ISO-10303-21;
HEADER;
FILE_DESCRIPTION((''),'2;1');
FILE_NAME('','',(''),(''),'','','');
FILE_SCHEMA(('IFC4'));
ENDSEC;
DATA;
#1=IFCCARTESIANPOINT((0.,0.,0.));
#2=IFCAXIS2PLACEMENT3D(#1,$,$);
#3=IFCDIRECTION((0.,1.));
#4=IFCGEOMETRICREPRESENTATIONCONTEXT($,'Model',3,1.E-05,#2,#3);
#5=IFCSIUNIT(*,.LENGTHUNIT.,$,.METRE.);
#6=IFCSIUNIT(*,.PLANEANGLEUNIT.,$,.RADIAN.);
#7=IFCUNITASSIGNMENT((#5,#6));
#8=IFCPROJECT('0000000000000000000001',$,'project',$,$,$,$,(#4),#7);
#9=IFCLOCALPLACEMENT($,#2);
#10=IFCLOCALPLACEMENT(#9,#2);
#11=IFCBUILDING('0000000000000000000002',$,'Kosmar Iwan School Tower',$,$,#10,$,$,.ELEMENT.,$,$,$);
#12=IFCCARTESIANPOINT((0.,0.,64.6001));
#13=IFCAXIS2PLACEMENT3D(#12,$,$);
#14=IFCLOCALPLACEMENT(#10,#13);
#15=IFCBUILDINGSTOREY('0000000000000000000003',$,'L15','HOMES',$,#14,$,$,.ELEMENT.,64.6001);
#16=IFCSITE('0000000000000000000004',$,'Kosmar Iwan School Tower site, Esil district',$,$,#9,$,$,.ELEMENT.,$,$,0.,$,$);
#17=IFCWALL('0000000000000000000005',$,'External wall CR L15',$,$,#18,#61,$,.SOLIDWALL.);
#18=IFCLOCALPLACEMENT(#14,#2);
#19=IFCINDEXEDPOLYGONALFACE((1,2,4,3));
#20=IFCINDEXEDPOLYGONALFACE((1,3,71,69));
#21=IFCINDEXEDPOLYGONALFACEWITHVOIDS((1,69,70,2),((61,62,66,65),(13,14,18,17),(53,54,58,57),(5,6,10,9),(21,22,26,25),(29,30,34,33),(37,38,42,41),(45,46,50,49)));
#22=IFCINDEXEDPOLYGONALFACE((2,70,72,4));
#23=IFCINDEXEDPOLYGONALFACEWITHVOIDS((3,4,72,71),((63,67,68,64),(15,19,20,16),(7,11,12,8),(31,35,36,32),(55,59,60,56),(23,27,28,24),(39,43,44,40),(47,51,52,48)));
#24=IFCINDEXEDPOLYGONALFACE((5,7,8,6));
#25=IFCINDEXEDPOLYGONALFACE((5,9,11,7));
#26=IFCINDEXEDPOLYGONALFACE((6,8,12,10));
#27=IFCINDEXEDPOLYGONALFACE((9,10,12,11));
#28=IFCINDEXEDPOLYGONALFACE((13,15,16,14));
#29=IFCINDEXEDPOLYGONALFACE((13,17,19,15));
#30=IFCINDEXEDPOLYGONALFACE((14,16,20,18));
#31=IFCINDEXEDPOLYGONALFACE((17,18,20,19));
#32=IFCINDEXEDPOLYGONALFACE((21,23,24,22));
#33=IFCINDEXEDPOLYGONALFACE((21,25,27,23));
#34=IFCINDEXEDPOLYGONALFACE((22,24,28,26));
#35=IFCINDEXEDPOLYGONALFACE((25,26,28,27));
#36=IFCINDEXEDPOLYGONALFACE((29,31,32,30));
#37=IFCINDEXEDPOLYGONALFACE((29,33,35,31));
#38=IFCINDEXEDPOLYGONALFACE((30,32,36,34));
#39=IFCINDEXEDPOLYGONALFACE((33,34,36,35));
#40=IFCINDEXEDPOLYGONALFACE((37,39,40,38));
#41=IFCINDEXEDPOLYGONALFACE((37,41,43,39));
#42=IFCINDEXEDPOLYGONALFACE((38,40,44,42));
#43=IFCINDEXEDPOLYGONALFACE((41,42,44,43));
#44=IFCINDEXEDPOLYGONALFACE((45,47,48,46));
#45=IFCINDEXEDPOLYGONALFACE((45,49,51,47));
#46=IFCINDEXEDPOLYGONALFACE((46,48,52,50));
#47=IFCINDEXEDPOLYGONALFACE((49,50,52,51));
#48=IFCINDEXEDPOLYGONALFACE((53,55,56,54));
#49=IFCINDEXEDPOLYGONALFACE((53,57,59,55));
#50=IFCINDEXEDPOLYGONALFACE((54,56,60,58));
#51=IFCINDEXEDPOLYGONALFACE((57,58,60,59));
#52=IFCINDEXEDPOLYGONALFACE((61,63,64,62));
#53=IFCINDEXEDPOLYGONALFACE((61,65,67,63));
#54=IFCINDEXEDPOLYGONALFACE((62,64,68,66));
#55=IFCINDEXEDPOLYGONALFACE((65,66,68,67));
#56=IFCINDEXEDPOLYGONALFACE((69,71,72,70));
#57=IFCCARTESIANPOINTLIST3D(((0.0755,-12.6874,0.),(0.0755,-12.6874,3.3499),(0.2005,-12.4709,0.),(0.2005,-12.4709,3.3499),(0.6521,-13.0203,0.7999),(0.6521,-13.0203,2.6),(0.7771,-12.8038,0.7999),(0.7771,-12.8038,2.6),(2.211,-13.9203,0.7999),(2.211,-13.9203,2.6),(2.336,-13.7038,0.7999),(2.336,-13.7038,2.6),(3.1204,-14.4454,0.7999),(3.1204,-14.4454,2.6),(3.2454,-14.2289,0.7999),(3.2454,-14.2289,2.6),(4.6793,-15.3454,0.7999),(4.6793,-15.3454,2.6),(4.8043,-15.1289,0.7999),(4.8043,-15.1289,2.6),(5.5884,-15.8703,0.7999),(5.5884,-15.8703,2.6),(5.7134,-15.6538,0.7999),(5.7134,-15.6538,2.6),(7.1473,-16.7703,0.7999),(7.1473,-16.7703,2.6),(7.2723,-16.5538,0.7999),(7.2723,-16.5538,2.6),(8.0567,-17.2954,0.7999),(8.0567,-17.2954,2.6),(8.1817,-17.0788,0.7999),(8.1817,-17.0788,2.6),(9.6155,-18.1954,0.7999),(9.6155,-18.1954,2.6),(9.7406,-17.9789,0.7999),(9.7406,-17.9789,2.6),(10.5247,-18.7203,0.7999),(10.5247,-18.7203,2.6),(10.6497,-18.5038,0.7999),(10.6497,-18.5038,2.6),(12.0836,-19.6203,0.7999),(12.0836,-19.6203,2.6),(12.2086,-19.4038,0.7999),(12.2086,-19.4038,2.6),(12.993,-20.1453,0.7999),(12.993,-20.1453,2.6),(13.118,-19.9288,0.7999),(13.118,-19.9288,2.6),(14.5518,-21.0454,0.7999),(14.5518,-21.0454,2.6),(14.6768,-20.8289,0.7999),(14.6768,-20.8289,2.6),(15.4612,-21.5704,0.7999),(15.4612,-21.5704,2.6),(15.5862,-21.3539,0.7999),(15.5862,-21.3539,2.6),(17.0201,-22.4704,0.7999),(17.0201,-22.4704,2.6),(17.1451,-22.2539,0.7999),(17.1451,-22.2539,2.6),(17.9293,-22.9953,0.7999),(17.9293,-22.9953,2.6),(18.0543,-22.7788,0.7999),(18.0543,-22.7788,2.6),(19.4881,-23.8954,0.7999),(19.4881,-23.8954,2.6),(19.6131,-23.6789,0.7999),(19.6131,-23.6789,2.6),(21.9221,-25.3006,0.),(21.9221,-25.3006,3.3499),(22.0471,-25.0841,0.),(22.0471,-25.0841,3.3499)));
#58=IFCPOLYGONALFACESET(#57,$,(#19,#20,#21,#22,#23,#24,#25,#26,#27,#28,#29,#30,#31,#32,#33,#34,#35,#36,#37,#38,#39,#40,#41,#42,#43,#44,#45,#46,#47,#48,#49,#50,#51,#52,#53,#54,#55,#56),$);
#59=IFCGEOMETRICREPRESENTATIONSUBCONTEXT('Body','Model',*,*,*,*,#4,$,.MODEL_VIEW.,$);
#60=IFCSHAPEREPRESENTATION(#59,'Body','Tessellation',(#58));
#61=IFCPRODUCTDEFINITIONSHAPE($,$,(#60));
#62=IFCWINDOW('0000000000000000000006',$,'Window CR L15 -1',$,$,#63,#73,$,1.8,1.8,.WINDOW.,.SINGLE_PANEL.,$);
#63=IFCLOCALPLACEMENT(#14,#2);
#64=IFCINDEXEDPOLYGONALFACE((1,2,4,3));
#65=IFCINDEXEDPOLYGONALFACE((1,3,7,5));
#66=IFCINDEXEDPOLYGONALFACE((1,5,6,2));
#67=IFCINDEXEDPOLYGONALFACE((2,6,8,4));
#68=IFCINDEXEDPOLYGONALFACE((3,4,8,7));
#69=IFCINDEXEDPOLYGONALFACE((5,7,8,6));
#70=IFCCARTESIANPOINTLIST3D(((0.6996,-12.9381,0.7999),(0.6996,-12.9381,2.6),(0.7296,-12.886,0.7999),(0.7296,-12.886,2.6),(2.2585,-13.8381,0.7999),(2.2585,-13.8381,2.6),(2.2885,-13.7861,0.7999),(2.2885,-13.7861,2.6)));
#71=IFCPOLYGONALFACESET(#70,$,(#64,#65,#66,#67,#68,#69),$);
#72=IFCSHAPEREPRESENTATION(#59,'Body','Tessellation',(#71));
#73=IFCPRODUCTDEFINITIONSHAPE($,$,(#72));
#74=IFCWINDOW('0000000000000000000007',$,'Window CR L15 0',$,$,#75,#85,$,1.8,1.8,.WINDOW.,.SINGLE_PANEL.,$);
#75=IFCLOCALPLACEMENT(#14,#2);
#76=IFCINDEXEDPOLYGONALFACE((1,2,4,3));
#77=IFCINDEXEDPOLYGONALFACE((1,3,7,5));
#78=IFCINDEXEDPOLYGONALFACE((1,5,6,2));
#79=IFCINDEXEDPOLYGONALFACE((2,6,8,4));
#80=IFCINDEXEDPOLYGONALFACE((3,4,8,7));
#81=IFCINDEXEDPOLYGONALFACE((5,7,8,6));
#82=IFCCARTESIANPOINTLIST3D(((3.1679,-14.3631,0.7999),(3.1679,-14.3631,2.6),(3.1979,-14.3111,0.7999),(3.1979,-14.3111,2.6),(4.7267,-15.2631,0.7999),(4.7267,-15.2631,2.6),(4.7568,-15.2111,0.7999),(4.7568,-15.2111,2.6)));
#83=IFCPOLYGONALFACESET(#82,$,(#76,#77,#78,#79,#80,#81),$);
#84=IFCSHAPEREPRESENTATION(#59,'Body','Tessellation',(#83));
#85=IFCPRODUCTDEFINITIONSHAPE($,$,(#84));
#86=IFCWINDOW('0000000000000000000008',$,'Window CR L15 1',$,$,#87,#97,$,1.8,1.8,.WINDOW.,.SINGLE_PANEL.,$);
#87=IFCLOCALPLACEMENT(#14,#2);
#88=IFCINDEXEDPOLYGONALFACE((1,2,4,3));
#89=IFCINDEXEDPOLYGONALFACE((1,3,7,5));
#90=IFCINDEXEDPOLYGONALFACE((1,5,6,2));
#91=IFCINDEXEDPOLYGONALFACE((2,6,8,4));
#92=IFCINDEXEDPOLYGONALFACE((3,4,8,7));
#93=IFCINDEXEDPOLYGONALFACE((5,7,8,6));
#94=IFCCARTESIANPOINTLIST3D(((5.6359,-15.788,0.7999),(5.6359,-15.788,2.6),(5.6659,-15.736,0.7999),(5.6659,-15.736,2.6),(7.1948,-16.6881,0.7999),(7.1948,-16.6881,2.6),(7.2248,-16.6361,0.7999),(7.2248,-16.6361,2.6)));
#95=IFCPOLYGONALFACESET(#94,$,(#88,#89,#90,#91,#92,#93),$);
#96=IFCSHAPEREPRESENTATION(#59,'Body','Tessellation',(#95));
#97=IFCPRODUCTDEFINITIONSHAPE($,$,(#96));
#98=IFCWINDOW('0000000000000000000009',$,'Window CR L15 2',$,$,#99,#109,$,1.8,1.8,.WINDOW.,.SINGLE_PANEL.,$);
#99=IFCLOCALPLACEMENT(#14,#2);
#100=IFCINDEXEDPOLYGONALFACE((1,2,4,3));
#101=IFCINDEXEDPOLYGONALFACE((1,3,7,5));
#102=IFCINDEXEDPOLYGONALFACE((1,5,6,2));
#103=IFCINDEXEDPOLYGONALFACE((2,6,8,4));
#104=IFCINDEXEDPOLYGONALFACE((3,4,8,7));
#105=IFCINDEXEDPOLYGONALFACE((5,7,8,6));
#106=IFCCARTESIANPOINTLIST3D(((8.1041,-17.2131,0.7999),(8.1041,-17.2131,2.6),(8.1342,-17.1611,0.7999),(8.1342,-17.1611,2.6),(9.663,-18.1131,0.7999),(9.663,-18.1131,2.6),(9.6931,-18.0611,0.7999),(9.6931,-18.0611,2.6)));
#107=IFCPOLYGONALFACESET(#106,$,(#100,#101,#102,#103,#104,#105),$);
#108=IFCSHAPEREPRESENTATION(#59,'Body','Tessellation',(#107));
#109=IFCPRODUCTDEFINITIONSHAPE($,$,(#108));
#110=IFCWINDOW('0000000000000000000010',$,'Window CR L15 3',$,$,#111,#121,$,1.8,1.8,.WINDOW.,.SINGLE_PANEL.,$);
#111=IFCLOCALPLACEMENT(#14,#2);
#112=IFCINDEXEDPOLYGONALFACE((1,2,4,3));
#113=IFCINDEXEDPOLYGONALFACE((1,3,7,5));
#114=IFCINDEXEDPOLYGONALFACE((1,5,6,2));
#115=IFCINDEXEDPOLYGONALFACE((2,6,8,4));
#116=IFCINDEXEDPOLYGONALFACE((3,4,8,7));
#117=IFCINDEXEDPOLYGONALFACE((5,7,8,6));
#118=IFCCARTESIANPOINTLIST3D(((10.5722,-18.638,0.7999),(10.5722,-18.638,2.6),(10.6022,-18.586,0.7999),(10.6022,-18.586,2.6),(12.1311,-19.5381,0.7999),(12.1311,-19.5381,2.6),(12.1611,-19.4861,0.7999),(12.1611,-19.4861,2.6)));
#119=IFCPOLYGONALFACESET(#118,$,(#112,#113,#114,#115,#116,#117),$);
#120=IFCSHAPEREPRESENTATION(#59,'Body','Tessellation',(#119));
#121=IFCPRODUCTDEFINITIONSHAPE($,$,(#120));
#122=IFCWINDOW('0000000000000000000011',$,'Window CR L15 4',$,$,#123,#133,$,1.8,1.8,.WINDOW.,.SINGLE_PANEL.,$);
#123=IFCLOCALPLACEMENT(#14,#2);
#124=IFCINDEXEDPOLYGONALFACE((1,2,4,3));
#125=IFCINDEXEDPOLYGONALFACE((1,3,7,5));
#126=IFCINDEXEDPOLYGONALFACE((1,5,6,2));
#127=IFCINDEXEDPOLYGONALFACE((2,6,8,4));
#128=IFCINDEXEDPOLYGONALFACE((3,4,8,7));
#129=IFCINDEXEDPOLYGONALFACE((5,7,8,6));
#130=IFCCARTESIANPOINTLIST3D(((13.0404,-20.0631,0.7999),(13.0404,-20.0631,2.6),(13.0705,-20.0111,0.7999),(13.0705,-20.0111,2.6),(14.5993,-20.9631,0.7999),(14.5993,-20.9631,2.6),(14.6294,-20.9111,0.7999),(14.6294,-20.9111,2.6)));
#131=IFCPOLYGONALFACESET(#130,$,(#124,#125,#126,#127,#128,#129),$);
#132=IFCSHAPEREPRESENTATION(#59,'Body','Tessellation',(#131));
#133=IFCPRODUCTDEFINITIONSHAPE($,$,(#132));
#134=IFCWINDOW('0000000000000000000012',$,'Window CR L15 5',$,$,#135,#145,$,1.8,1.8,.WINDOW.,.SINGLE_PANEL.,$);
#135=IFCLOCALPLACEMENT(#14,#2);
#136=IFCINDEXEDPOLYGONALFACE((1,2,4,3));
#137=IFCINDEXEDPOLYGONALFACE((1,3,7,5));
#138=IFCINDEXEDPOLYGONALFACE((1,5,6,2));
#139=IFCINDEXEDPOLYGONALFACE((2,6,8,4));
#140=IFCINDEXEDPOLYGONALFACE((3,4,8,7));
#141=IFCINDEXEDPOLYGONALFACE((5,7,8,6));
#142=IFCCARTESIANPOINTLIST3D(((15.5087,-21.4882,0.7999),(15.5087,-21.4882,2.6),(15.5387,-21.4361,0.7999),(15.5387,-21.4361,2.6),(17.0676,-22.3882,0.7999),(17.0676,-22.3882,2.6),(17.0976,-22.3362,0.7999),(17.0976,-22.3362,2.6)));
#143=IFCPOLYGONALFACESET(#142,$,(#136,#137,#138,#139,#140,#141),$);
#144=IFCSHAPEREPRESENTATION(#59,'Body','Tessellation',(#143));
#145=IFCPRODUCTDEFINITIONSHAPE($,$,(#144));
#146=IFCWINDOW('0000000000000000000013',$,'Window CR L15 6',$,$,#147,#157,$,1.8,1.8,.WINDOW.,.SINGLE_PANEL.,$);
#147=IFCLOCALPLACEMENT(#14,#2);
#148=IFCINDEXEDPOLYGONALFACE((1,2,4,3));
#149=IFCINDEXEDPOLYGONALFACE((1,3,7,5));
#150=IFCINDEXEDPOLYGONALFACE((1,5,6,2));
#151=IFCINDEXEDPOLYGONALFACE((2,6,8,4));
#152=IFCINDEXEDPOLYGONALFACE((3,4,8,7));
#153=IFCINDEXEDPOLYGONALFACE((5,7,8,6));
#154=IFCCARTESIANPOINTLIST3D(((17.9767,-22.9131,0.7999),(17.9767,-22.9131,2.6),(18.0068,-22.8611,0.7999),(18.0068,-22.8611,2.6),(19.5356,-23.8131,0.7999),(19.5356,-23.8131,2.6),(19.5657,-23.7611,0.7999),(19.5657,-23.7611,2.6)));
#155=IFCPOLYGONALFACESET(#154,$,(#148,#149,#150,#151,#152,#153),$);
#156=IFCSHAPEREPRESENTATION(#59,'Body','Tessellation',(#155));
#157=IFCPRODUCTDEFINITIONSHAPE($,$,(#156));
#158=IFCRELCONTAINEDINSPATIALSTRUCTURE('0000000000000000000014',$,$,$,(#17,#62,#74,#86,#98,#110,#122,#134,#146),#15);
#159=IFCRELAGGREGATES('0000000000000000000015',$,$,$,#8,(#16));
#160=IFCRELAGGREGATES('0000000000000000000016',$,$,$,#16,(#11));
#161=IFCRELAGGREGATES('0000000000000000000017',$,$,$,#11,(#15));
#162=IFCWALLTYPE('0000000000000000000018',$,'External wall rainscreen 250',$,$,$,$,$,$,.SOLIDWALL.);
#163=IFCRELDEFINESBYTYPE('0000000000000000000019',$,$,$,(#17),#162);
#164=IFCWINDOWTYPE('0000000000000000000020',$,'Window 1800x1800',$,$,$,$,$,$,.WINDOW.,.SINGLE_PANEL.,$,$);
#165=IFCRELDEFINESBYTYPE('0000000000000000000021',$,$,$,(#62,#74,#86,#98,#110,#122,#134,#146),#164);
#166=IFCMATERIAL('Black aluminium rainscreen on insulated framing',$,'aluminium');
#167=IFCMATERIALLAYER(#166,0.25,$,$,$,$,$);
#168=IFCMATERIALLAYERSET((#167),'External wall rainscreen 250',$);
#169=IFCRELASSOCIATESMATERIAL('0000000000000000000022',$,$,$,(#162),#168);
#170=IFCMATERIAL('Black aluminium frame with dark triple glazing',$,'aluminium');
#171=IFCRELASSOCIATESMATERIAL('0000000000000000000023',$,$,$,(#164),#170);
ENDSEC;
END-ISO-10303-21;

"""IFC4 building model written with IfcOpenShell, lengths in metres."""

from ifc_helpers import new_model, si_unit, direction, frame, frame_2d, origin, place, context, subcontext, project, spatial, rectangle, extrude, material, layer, layer_set, type_object, element, fill, save


model = new_model("IFC4")

# Units and contexts
model_context = context("Model", 3, precision=1e-05, world=origin(), true_north=direction((0.0, 1.0)))
body_context = subcontext(model_context, "Body", "Model", "MODEL_VIEW")
ifc_project = project(units=[si_unit("LENGTHUNIT", "METRE"), si_unit("PLANEANGLEUNIT", "RADIAN")], contexts=[model_context])

# Site, building, storey
site_placement = place(None, origin())
site = spatial("IfcSite", under=ifc_project, at=site_placement, Name="Kosmar Iwan School Tower site, Esil district", CompositionType="ELEMENT", RefElevation=0.0)
building_placement = place(site_placement, origin())
building = spatial("IfcBuilding", under=site, at=building_placement, Name="Kosmar Iwan School Tower", CompositionType="ELEMENT")
storey_placement = place(building_placement, frame((0.0, 0.0, 64.6001)))
storey = spatial("IfcBuildingStorey", under=building, at=storey_placement, Name="L15", Description="HOMES", CompositionType="ELEMENT", Elevation=64.6001)

# Wall, openings, windows
ifc_material_1 = material(Name="Black aluminium rainscreen on insulated framing", Category="aluminium")
ifc_layer = layer(ifc_material_1, 0.25)
ifc_layer_set = layer_set([ifc_layer], Name="External wall rainscreen 250")
wall_type = type_object("IfcWallType", Name="External wall rainscreen 250", PredefinedType="SOLIDWALL", material=ifc_layer_set)
ifc_material_2 = material(Name="Black aluminium frame with dark triple glazing", Category="aluminium")
window_type = type_object("IfcWindowType", Name="Window 1800x1800", PartitioningType="SINGLE_PANEL", PredefinedType="WINDOW", material=ifc_material_2)
wall_1_placement = place(storey_placement, frame((0.1379, -12.5791, 0.0), z_axis=(0.0, 0.0, 1.0), x_axis=(0.866024, -0.500003, 0.0)))
wall_1 = element("IfcWall", 1, at=wall_1_placement, inside=storey, type_object=wall_type, Name="External wall CR L15", PredefinedType="SOLIDWALL", context=body_context, shape_type="SweptSolid", body=[
    extrude(rectangle(XDim=25.2263, YDim=0.25, at=frame_2d((12.6133, 0.0))), origin(), (0.0, 0.0, 1.0), 3.3499),
])
opening_1_placement = place(wall_1_placement, frame((0.666, 0.0, 0.8)))
opening_1 = element("IfcOpeningElement", 2, at=opening_1_placement, cuts=wall_1, PredefinedType="OPENING", context=body_context, shape_type="SweptSolid", body=[
    extrude(rectangle(XDim=1.8, YDim=1.8, at=frame_2d((0.8999, 0.8999))), frame((0.0, 0.137, 0.0), z_axis=(0.0, -1.0, 0.0), x_axis=(1.0, 0.0, 0.0)), (0.0, 0.0, 1.0), 0.2739),
])
opening_2_placement = place(wall_1_placement, frame((3.5161, 0.0, 0.8)))
opening_2 = element("IfcOpeningElement", 3, at=opening_2_placement, cuts=wall_1, PredefinedType="OPENING", context=body_context, shape_type="SweptSolid", body=[
    extrude(rectangle(XDim=1.8, YDim=1.8, at=frame_2d((0.8999, 0.8999))), frame((0.0, 0.137, 0.0), z_axis=(0.0, -1.0, 0.0), x_axis=(1.0, 0.0, 0.0)), (0.0, 0.0, 1.0), 0.2739),
])
opening_3_placement = place(wall_1_placement, frame((6.366, 0.0, 0.8)))
opening_3 = element("IfcOpeningElement", 4, at=opening_3_placement, cuts=wall_1, PredefinedType="OPENING", context=body_context, shape_type="SweptSolid", body=[
    extrude(rectangle(XDim=1.8, YDim=1.8, at=frame_2d((0.8999, 0.8999))), frame((0.0, 0.137, 0.0), z_axis=(0.0, -1.0, 0.0), x_axis=(1.0, 0.0, 0.0)), (0.0, 0.0, 1.0), 0.2739),
])
opening_4_placement = place(wall_1_placement, frame((9.2161, 0.0, 0.8)))
opening_4 = element("IfcOpeningElement", 5, at=opening_4_placement, cuts=wall_1, PredefinedType="OPENING", context=body_context, shape_type="SweptSolid", body=[
    extrude(rectangle(XDim=1.8, YDim=1.8, at=frame_2d((0.8999, 0.8999))), frame((0.0, 0.137, 0.0), z_axis=(0.0, -1.0, 0.0), x_axis=(1.0, 0.0, 0.0)), (0.0, 0.0, 1.0), 0.2739),
])
opening_5_placement = place(wall_1_placement, frame((12.0659, 0.0, 0.8)))
opening_5 = element("IfcOpeningElement", 6, at=opening_5_placement, cuts=wall_1, PredefinedType="OPENING", context=body_context, shape_type="SweptSolid", body=[
    extrude(rectangle(XDim=1.8, YDim=1.8, at=frame_2d((0.8999, 0.8999))), frame((0.0, 0.137, 0.0), z_axis=(0.0, -1.0, 0.0), x_axis=(1.0, 0.0, 0.0)), (0.0, 0.0, 1.0), 0.2739),
])
opening_6_placement = place(wall_1_placement, frame((14.916, 0.0, 0.8)))
opening_6 = element("IfcOpeningElement", 7, at=opening_6_placement, cuts=wall_1, PredefinedType="OPENING", context=body_context, shape_type="SweptSolid", body=[
    extrude(rectangle(XDim=1.8, YDim=1.8, at=frame_2d((0.8999, 0.8999))), frame((0.0, 0.137, 0.0), z_axis=(0.0, -1.0, 0.0), x_axis=(1.0, 0.0, 0.0)), (0.0, 0.0, 1.0), 0.2739),
])
opening_7_placement = place(wall_1_placement, frame((17.7661, 0.0, 0.8)))
opening_7 = element("IfcOpeningElement", 8, at=opening_7_placement, cuts=wall_1, PredefinedType="OPENING", context=body_context, shape_type="SweptSolid", body=[
    extrude(rectangle(XDim=1.8, YDim=1.8, at=frame_2d((0.8999, 0.8999))), frame((0.0, 0.137, 0.0), z_axis=(0.0, -1.0, 0.0), x_axis=(1.0, 0.0, 0.0)), (0.0, 0.0, 1.0), 0.2739),
])
opening_8_placement = place(wall_1_placement, frame((20.616, 0.0, 0.8)))
opening_8 = element("IfcOpeningElement", 9, at=opening_8_placement, cuts=wall_1, PredefinedType="OPENING", context=body_context, shape_type="SweptSolid", body=[
    extrude(rectangle(XDim=1.8, YDim=1.8, at=frame_2d((0.8999, 0.8999))), frame((0.0, 0.137, 0.0), z_axis=(0.0, -1.0, 0.0), x_axis=(1.0, 0.0, 0.0)), (0.0, 0.0, 1.0), 0.2739),
])
window_1_placement = place(opening_1_placement, origin())
window_1 = element("IfcWindow", 10, at=window_1_placement, inside=storey, type_object=window_type, Name="Window CR L15 -1", OverallHeight=1.8, OverallWidth=1.8, PartitioningType="SINGLE_PANEL", PredefinedType="WINDOW", context=body_context, shape_type="SweptSolid", body=[
    extrude(rectangle(XDim=1.8, YDim=1.8, at=frame_2d((0.8999, 0.8999))), frame((0.0, 0.03, 0.0), z_axis=(0.0, -1.0, 0.0), x_axis=(1.0, 0.0, 0.0)), (0.0, 0.0, 1.0), 0.0601),
])
fill(opening_1, window_1)
window_2_placement = place(opening_2_placement, origin())
window_2 = element("IfcWindow", 11, at=window_2_placement, inside=storey, type_object=window_type, Name="Window CR L15 0", OverallHeight=1.8, OverallWidth=1.8, PartitioningType="SINGLE_PANEL", PredefinedType="WINDOW", context=body_context, shape_type="SweptSolid", body=[
    extrude(rectangle(XDim=1.8, YDim=1.8, at=frame_2d((0.8999, 0.8999))), frame((0.0, 0.03, 0.0), z_axis=(0.0, -1.0, 0.0), x_axis=(1.0, 0.0, 0.0)), (0.0, 0.0, 1.0), 0.0601),
])
fill(opening_2, window_2)
window_3_placement = place(opening_3_placement, origin())
window_3 = element("IfcWindow", 12, at=window_3_placement, inside=storey, type_object=window_type, Name="Window CR L15 1", OverallHeight=1.8, OverallWidth=1.8, PartitioningType="SINGLE_PANEL", PredefinedType="WINDOW", context=body_context, shape_type="SweptSolid", body=[
    extrude(rectangle(XDim=1.8, YDim=1.8, at=frame_2d((0.8999, 0.8999))), frame((0.0, 0.03, 0.0), z_axis=(0.0, -1.0, 0.0), x_axis=(1.0, 0.0, 0.0)), (0.0, 0.0, 1.0), 0.0601),
])
fill(opening_3, window_3)
window_4_placement = place(opening_4_placement, origin())
window_4 = element("IfcWindow", 13, at=window_4_placement, inside=storey, type_object=window_type, Name="Window CR L15 2", OverallHeight=1.8, OverallWidth=1.8, PartitioningType="SINGLE_PANEL", PredefinedType="WINDOW", context=body_context, shape_type="SweptSolid", body=[
    extrude(rectangle(XDim=1.8, YDim=1.8, at=frame_2d((0.8999, 0.8999))), frame((0.0, 0.03, 0.0), z_axis=(0.0, -1.0, 0.0), x_axis=(1.0, 0.0, 0.0)), (0.0, 0.0, 1.0), 0.0601),
])
fill(opening_4, window_4)
window_5_placement = place(opening_5_placement, origin())
window_5 = element("IfcWindow", 14, at=window_5_placement, inside=storey, type_object=window_type, Name="Window CR L15 3", OverallHeight=1.8, OverallWidth=1.8, PartitioningType="SINGLE_PANEL", PredefinedType="WINDOW", context=body_context, shape_type="SweptSolid", body=[
    extrude(rectangle(XDim=1.8, YDim=1.8, at=frame_2d((0.8999, 0.8999))), frame((0.0, 0.03, 0.0), z_axis=(0.0, -1.0, 0.0), x_axis=(1.0, 0.0, 0.0)), (0.0, 0.0, 1.0), 0.0601),
])
fill(opening_5, window_5)
window_6_placement = place(opening_6_placement, origin())
window_6 = element("IfcWindow", 15, at=window_6_placement, inside=storey, type_object=window_type, Name="Window CR L15 4", OverallHeight=1.8, OverallWidth=1.8, PartitioningType="SINGLE_PANEL", PredefinedType="WINDOW", context=body_context, shape_type="SweptSolid", body=[
    extrude(rectangle(XDim=1.8, YDim=1.8, at=frame_2d((0.8999, 0.8999))), frame((0.0, 0.03, 0.0), z_axis=(0.0, -1.0, 0.0), x_axis=(1.0, 0.0, 0.0)), (0.0, 0.0, 1.0), 0.0601),
])
fill(opening_6, window_6)
window_7_placement = place(opening_7_placement, origin())
window_7 = element("IfcWindow", 16, at=window_7_placement, inside=storey, type_object=window_type, Name="Window CR L15 5", OverallHeight=1.8, OverallWidth=1.8, PartitioningType="SINGLE_PANEL", PredefinedType="WINDOW", context=body_context, shape_type="SweptSolid", body=[
    extrude(rectangle(XDim=1.8, YDim=1.8, at=frame_2d((0.8999, 0.8999))), frame((0.0, 0.03, 0.0), z_axis=(0.0, -1.0, 0.0), x_axis=(1.0, 0.0, 0.0)), (0.0, 0.0, 1.0), 0.0601),
])
fill(opening_7, window_7)
window_8_placement = place(opening_8_placement, origin())
window_8 = element("IfcWindow", 17, at=window_8_placement, inside=storey, type_object=window_type, Name="Window CR L15 6", OverallHeight=1.8, OverallWidth=1.8, PartitioningType="SINGLE_PANEL", PredefinedType="WINDOW", context=body_context, shape_type="SweptSolid", body=[
    extrude(rectangle(XDim=1.8, YDim=1.8, at=frame_2d((0.8999, 0.8999))), frame((0.0, 0.03, 0.0), z_axis=(0.0, -1.0, 0.0), x_axis=(1.0, 0.0, 0.0)), (0.0, 0.0, 1.0), 0.0601),
])
fill(opening_8, window_8)

save(model, "model.ifc")
